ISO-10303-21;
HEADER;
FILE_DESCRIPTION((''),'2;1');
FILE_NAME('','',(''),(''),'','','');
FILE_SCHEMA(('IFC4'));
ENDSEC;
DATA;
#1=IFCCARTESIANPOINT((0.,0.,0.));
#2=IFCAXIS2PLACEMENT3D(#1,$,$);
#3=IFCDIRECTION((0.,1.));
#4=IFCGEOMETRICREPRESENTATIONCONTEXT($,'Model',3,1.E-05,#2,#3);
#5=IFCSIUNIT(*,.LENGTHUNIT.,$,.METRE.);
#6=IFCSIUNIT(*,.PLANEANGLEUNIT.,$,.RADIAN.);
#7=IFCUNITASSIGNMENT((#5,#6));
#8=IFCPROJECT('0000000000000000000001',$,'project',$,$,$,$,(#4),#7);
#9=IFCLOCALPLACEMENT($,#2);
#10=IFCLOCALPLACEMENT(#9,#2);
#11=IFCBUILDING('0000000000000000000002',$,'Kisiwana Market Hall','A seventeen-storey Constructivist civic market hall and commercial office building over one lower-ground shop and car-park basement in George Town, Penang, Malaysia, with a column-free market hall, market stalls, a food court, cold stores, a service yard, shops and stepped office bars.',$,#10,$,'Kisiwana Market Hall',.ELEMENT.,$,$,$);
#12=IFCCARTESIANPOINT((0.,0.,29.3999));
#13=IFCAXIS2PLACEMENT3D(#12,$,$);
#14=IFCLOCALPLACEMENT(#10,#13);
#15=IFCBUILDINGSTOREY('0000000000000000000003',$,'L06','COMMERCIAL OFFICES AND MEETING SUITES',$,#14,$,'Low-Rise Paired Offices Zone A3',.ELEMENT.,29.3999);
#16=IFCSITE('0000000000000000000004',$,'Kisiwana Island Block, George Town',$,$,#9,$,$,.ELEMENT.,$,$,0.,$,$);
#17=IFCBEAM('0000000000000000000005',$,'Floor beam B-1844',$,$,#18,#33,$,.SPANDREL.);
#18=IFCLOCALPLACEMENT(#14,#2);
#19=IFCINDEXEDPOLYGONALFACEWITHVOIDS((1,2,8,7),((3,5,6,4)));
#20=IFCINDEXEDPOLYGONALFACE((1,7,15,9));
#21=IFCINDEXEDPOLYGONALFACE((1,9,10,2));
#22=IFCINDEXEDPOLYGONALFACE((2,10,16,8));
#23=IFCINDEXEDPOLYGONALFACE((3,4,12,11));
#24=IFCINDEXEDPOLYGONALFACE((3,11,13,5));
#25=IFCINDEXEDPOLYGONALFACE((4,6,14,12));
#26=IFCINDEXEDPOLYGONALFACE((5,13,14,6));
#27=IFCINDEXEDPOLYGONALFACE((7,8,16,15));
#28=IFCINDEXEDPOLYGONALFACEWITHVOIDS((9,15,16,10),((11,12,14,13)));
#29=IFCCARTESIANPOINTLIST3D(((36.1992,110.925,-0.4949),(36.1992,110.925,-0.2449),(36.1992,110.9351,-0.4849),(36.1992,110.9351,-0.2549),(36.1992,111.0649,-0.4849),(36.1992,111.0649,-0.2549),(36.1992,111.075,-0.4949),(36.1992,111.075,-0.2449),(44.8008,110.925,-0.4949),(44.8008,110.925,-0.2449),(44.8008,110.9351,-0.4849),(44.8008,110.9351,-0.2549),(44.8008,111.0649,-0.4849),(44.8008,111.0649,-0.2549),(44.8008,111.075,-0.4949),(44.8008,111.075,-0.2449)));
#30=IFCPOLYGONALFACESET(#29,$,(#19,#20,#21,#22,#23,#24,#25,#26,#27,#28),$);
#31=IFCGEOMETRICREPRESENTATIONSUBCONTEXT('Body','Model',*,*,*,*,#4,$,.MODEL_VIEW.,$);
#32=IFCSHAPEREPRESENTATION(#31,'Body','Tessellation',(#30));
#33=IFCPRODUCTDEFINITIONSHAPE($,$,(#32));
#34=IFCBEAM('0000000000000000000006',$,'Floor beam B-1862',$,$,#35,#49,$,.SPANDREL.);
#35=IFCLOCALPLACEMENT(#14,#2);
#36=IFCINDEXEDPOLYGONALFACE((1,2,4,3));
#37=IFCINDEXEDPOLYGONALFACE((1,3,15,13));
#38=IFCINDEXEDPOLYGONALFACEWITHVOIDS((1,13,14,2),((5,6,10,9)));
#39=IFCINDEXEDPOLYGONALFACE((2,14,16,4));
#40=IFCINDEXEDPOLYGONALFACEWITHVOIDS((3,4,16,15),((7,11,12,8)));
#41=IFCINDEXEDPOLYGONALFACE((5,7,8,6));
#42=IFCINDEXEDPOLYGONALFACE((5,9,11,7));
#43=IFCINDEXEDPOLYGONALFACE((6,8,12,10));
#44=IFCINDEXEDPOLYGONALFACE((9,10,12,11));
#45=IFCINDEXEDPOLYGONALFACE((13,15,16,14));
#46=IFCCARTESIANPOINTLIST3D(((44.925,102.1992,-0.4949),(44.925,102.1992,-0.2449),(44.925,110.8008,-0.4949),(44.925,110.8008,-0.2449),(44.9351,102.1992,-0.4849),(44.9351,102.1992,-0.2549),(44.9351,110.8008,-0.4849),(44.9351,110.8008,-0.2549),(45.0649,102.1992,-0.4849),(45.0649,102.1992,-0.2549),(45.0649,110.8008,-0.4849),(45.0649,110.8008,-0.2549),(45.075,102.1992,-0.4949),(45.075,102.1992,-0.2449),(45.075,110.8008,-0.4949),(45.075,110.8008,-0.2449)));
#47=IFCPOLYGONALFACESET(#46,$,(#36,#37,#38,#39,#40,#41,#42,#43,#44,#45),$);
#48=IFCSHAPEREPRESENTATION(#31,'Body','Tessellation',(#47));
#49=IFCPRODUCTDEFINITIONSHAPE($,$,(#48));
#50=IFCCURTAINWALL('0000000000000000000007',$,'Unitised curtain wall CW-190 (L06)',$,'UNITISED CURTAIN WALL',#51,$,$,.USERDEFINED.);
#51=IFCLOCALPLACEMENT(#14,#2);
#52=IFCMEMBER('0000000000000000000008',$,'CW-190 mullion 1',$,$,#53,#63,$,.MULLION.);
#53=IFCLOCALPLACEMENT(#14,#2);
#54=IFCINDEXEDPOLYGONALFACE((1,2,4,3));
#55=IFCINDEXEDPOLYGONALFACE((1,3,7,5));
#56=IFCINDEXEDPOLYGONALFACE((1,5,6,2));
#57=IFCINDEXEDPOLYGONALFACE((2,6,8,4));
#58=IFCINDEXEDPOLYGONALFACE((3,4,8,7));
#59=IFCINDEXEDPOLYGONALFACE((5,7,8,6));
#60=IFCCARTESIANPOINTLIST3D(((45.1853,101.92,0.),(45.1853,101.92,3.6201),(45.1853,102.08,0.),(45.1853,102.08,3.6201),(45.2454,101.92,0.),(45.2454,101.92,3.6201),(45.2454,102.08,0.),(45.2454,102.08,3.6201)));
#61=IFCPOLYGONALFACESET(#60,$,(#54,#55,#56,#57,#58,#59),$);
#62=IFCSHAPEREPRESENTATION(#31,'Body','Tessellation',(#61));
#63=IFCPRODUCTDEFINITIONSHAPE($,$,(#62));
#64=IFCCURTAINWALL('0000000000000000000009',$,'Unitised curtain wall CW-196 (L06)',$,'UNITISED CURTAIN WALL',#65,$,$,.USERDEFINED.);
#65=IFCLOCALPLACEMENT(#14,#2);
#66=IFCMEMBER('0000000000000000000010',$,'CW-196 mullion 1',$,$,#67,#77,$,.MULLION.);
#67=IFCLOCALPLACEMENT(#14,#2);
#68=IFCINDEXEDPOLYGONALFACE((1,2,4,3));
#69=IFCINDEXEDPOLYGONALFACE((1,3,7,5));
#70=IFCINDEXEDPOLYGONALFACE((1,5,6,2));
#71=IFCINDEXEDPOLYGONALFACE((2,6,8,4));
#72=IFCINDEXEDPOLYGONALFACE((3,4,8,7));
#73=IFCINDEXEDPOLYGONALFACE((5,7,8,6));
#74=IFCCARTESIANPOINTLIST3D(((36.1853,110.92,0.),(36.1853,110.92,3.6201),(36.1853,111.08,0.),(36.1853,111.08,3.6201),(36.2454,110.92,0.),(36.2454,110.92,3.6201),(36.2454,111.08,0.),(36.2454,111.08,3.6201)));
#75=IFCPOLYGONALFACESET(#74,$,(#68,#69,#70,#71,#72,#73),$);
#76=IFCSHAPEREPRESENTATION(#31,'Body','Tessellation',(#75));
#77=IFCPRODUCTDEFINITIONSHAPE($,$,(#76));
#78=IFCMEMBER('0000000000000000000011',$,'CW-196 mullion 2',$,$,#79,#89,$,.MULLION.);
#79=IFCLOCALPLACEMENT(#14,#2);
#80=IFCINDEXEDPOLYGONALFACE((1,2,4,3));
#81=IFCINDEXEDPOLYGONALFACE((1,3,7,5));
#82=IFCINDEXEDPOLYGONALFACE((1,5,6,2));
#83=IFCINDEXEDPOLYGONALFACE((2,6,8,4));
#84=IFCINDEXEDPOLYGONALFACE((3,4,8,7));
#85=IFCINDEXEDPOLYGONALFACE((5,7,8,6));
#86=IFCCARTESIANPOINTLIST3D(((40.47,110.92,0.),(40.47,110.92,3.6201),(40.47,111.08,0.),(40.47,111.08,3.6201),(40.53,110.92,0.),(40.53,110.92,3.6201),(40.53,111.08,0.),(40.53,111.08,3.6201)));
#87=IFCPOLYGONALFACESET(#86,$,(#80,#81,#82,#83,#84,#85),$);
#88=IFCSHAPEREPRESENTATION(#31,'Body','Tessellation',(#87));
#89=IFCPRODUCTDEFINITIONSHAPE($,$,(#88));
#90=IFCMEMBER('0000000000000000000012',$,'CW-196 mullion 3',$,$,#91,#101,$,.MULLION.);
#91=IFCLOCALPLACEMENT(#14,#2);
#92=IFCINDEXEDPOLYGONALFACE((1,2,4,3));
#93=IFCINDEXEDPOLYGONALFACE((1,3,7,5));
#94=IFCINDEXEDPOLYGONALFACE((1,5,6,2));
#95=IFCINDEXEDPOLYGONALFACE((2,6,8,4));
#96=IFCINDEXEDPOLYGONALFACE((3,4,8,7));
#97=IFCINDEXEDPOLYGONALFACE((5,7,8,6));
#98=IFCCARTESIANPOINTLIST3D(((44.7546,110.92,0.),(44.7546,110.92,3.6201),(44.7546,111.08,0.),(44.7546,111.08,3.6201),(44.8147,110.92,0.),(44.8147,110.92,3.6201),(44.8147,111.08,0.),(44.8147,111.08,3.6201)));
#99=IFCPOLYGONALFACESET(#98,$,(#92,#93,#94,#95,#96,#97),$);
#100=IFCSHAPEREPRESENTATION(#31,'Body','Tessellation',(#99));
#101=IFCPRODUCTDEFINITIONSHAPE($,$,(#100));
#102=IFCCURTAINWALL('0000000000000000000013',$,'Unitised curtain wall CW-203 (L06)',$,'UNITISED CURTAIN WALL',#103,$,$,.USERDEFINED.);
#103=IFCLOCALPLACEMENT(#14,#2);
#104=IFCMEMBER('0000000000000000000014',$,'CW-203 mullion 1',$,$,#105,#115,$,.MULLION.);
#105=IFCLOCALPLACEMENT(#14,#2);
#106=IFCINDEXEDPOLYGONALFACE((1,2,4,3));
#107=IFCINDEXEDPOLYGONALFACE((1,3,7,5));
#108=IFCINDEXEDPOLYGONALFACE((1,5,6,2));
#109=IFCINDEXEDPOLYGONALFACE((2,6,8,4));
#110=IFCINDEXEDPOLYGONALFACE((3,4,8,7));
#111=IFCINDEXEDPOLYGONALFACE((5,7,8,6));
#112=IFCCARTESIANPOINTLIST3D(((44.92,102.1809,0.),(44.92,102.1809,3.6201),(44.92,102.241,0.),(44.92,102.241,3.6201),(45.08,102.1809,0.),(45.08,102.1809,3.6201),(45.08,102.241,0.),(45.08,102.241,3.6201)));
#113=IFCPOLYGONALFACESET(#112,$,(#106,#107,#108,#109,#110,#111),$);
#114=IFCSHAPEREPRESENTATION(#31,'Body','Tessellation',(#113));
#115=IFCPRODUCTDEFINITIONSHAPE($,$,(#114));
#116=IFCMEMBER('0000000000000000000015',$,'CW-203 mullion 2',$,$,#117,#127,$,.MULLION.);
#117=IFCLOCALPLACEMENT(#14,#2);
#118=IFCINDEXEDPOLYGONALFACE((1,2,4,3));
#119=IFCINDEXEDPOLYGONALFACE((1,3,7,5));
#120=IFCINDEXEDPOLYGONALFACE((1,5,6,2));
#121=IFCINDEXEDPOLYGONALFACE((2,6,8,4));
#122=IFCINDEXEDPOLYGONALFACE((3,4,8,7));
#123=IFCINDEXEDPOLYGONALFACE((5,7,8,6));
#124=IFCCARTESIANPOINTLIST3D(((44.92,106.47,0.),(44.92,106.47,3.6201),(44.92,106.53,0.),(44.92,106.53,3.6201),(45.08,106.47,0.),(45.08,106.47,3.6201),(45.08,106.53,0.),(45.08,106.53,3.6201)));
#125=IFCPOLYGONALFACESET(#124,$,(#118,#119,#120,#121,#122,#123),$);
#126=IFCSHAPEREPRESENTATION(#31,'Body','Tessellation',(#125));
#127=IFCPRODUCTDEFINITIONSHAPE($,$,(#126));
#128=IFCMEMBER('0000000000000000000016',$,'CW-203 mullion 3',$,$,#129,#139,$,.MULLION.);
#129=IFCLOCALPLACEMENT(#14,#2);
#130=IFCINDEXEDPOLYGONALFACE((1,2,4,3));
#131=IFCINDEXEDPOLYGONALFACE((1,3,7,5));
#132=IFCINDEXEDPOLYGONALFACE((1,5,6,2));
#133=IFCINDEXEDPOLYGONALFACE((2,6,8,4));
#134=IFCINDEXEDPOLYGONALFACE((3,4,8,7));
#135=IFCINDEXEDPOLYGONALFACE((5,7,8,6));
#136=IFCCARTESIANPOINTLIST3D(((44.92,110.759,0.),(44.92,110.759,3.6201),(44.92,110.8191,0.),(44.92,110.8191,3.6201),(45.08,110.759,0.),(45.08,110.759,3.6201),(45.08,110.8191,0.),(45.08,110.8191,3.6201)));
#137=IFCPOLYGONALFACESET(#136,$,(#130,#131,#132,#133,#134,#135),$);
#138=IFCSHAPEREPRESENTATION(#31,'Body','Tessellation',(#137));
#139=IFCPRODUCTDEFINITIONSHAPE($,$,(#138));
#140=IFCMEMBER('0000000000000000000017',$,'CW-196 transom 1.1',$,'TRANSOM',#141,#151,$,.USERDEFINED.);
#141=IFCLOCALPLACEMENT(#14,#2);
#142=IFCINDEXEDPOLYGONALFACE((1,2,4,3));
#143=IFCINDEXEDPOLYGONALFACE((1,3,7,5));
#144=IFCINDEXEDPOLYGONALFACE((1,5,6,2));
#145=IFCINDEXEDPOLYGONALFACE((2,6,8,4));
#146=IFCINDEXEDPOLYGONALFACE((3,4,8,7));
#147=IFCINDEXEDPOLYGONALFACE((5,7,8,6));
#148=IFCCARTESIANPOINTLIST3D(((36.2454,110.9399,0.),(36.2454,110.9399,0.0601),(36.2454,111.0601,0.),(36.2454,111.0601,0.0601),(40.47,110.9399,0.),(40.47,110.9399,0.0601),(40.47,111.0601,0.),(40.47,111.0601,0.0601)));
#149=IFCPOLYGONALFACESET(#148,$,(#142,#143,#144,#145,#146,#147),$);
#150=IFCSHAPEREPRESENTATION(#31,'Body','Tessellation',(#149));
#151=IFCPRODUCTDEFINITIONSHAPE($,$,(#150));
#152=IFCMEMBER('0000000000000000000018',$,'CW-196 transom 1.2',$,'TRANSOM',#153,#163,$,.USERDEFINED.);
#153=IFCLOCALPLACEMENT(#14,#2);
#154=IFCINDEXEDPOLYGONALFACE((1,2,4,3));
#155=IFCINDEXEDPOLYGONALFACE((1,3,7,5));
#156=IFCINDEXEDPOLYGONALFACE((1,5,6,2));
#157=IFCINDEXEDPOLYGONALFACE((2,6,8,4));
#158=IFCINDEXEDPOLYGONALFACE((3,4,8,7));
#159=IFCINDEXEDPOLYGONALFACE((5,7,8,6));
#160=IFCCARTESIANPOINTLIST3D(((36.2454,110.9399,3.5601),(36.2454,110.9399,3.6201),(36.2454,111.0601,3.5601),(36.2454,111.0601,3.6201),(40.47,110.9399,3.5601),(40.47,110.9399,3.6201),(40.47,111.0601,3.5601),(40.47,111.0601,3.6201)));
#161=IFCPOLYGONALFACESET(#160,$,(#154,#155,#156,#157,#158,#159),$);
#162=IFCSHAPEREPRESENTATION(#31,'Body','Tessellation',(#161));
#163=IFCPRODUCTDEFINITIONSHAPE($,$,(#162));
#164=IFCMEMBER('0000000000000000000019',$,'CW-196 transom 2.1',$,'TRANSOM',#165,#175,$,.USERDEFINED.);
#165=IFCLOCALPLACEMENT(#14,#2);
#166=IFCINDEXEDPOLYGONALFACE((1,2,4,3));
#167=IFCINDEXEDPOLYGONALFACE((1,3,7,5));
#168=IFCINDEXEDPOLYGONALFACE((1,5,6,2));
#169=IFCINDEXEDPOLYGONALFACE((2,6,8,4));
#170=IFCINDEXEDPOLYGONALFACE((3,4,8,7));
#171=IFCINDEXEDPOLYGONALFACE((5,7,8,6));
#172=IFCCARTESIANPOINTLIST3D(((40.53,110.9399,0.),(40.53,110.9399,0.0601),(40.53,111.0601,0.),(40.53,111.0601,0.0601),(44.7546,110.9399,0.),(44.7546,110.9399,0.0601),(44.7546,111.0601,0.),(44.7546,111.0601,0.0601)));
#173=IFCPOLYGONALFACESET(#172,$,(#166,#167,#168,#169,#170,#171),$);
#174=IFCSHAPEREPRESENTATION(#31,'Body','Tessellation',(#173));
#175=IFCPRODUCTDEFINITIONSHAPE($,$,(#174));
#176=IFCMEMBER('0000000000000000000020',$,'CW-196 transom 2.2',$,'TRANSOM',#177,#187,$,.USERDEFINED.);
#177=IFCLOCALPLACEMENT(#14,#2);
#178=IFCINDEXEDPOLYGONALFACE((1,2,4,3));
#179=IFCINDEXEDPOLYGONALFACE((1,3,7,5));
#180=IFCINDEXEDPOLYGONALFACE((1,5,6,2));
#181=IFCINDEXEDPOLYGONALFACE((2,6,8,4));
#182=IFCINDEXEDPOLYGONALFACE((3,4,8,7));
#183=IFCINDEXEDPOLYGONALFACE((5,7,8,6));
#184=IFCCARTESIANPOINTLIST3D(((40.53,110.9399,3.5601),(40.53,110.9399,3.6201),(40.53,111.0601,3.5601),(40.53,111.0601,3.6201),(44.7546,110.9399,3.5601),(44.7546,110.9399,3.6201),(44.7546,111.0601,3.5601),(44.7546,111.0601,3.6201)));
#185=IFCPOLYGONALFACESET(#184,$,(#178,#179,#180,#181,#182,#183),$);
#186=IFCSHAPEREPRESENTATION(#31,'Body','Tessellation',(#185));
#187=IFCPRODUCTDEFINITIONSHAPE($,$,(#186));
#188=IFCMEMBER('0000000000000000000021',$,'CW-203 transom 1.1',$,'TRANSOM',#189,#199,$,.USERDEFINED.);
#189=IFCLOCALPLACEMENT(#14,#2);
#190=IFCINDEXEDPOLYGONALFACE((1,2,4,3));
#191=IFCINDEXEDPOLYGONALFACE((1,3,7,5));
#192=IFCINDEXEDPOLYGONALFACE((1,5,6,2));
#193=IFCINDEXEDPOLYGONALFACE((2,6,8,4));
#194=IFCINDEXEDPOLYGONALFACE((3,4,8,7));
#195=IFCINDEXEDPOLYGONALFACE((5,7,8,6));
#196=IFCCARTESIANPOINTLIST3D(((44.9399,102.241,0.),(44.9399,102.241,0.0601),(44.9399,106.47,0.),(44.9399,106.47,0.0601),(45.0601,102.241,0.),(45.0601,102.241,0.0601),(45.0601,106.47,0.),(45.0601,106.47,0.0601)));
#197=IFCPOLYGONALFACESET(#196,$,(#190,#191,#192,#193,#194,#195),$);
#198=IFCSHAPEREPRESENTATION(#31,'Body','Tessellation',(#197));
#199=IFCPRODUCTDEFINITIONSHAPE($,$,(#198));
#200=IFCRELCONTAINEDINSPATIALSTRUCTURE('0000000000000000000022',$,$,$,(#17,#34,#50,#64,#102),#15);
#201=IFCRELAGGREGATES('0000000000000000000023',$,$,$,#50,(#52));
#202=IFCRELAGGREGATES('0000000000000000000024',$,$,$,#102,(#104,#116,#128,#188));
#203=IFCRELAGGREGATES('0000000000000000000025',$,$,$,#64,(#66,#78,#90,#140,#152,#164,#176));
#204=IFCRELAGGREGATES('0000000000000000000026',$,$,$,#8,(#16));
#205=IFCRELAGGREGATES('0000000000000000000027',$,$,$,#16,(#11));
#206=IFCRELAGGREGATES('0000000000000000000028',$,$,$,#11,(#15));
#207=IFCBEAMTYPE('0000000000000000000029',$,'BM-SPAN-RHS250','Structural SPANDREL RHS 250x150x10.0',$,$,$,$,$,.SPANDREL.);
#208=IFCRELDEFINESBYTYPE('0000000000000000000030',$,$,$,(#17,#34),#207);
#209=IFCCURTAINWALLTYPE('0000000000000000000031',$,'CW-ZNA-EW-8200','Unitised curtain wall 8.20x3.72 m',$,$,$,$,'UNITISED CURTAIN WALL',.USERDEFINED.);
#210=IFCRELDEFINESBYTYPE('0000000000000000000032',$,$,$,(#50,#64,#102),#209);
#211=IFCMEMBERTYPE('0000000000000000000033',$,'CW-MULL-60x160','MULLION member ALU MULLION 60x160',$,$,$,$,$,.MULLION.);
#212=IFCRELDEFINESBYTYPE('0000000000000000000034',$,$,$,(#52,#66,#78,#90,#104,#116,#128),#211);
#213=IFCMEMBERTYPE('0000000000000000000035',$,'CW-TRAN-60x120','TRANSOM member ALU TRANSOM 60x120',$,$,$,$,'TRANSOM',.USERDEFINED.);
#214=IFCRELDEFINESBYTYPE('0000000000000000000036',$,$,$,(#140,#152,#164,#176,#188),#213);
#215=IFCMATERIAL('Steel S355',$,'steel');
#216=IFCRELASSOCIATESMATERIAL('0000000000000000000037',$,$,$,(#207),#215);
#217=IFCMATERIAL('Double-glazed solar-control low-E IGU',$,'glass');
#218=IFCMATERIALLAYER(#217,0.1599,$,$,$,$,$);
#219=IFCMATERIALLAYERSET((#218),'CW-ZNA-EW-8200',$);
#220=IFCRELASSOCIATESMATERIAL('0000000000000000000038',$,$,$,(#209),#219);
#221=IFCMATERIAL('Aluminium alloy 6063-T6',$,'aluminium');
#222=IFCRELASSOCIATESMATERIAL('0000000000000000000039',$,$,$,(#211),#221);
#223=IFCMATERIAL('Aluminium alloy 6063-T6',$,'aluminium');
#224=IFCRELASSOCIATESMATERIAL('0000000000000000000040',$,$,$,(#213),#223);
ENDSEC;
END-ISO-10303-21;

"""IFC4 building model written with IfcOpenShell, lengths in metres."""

from ifc_helpers import new_model, si_unit, direction, frame, origin, origin_2d, place, context, subcontext, project, spatial, rectangle, hollow_rectangle, extrude, material, layer, layer_set, material_profile, profile_set, type_object, element, aggregate, save


model = new_model("IFC4")

# Units and contexts
model_context = context("Model", 3, precision=1e-05, world=origin(), true_north=direction((0.0, 1.0)))
body_context = subcontext(model_context, "Body", "Model", "MODEL_VIEW")
ifc_project = project(units=[si_unit("LENGTHUNIT", "METRE"), si_unit("PLANEANGLEUNIT", "RADIAN")], contexts=[model_context])

# Site, building, storey
site_placement = place(None, origin())
site = spatial("IfcSite", under=ifc_project, at=site_placement, Name="Kisiwana Island Block, George Town", CompositionType="ELEMENT", RefElevation=0.0)
building_placement = place(site_placement, origin())
building = spatial("IfcBuilding", under=site, at=building_placement, Name="Kisiwana Market Hall", Description="A seventeen-storey Constructivist civic market hall and commercial office building over one lower-ground shop and car-park basement in George Town, Penang, Malaysia, with a column-free market hall, market stalls, a food court, cold stores, a service yard, shops and stepped office bars.", LongName="Kisiwana Market Hall", CompositionType="ELEMENT")
storey_placement = place(building_placement, frame((0.0, 0.0, 29.3999)))
storey = spatial("IfcBuildingStorey", under=building, at=storey_placement, Name="L06", Description="COMMERCIAL OFFICES AND MEETING SUITES", LongName="Low-Rise Paired Offices Zone A3", CompositionType="ELEMENT", Elevation=29.3999)

# Beams
ifc_material_1 = material(Name="Steel S355", Category="steel")
ifc_material_profile_1 = material_profile(ifc_material_1, hollow_rectangle(XDim=0.1499, YDim=0.25, WallThickness=0.01, at=origin_2d()), Name="RHS 250x150x10.0")
ifc_profile_set_1 = profile_set([ifc_material_profile_1], Name="Steel S355")
beam_type_1 = type_object("IfcBeamType", Name="BM-SPAN-RHS250", Description="Structural SPANDREL RHS 250x150x10.0", PredefinedType="SPANDREL", material=ifc_profile_set_1)
for number, where, z_axis, x_axis, name in (
    (1, (36.1992, 111.0, -0.3699), (1.0, 0.0, 0.0), (0.0, 1.0, 0.0), "Floor beam B-1844"),
    (2, (45.0, 102.1992, -0.3699), (0.0, 1.0, 0.0), (-1.0, 0.0, 0.0), "Floor beam B-1862"),
):
    element("IfcBeam", number, at=place(storey_placement, frame(where, z_axis=z_axis, x_axis=x_axis)), inside=storey, type_object=beam_type_1, Name=name, PredefinedType="SPANDREL", context=body_context, shape_type="SweptSolid", body=[
        extrude(hollow_rectangle(XDim=0.1499, YDim=0.25, WallThickness=0.01, at=origin_2d()), origin(), (0.0, 0.0, 1.0), 8.6016),
    ])

# Curtain wall, member
ifc_material_2 = material(Name="Double-glazed solar-control low-E IGU", Category="glass")
ifc_layer_1 = layer(ifc_material_2, 0.1599)
ifc_layer_set_1 = layer_set([ifc_layer_1], Name="CW-ZNA-EW-8200")
curtain_wall_type = type_object("IfcCurtainWallType", Name="CW-ZNA-EW-8200", Description="Unitised curtain wall 8.20x3.72 m", ElementType="UNITISED CURTAIN WALL", PredefinedType="USERDEFINED", material=ifc_layer_set_1)
curtain_wall_1_placement = place(storey_placement, origin())
curtain_wall_1 = element("IfcCurtainWall", 3, at=curtain_wall_1_placement, inside=storey, type_object=curtain_wall_type, Name="Unitised curtain wall CW-190 (L06)", ObjectType="UNITISED CURTAIN WALL", PredefinedType="USERDEFINED")
ifc_material_3 = material(Name="Aluminium alloy 6063-T6", Category="aluminium")
ifc_material_profile_2 = material_profile(ifc_material_3, rectangle(XDim=0.0601, YDim=0.1599, at=origin_2d()), Name="ALU MULLION 60x160")
ifc_profile_set_2 = profile_set([ifc_material_profile_2], Name="Aluminium alloy 6063-T6")
member_type_1 = type_object("IfcMemberType", Name="CW-MULL-60x160", Description="MULLION member ALU MULLION 60x160", PredefinedType="MULLION", material=ifc_profile_set_2)
member_1_placement = place(storey_placement, frame((45.2153, 102.0, 0.0), z_axis=(0.0, 0.0, 1.0), x_axis=(1.0, 0.0, 0.0)))
member_1 = element("IfcMember", 4, at=member_1_placement, type_object=member_type_1, Name="CW-190 mullion 1", PredefinedType="MULLION", context=body_context, shape_type="SweptSolid", body=[
    extrude(rectangle(XDim=0.0601, YDim=0.1599, at=origin_2d()), origin(), (0.0, 0.0, 1.0), 3.6201),
])
aggregate(curtain_wall_1, [member_1])

# Curtain walls, members
curtain_wall_2_placement = place(storey_placement, origin())
curtain_wall_2 = element("IfcCurtainWall", 5, at=curtain_wall_2_placement, inside=storey, type_object=curtain_wall_type, Name="Unitised curtain wall CW-196 (L06)", ObjectType="UNITISED CURTAIN WALL", PredefinedType="USERDEFINED")
member_2_placement = place(storey_placement, frame((36.2153, 111.0, 0.0), z_axis=(0.0, 0.0, 1.0), x_axis=(1.0, 0.0, 0.0)))
member_2 = element("IfcMember", 6, at=member_2_placement, type_object=member_type_1, Name="CW-196 mullion 1", PredefinedType="MULLION", context=body_context, shape_type="SweptSolid", body=[
    extrude(rectangle(XDim=0.0601, YDim=0.1599, at=origin_2d()), origin(), (0.0, 0.0, 1.0), 3.6201),
])
member_3_placement = place(storey_placement, frame((40.5, 111.0, 0.0), z_axis=(0.0, 0.0, 1.0), x_axis=(1.0, 0.0, 0.0)))
member_3 = element("IfcMember", 7, at=member_3_placement, type_object=member_type_1, Name="CW-196 mullion 2", PredefinedType="MULLION", context=body_context, shape_type="SweptSolid", body=[
    extrude(rectangle(XDim=0.0601, YDim=0.1599, at=origin_2d()), origin(), (0.0, 0.0, 1.0), 3.6201),
])
member_4_placement = place(storey_placement, frame((44.7847, 111.0, 0.0), z_axis=(0.0, 0.0, 1.0), x_axis=(1.0, 0.0, 0.0)))
member_4 = element("IfcMember", 8, at=member_4_placement, type_object=member_type_1, Name="CW-196 mullion 3", PredefinedType="MULLION", context=body_context, shape_type="SweptSolid", body=[
    extrude(rectangle(XDim=0.0601, YDim=0.1599, at=origin_2d()), origin(), (0.0, 0.0, 1.0), 3.6201),
])
curtain_wall_3_placement = place(storey_placement, origin())
curtain_wall_3 = element("IfcCurtainWall", 9, at=curtain_wall_3_placement, inside=storey, type_object=curtain_wall_type, Name="Unitised curtain wall CW-203 (L06)", ObjectType="UNITISED CURTAIN WALL", PredefinedType="USERDEFINED")
member_5_placement = place(storey_placement, frame((45.0, 102.2109, 0.0), z_axis=(0.0, 0.0, 1.0), x_axis=(0.0, 1.0, 0.0)))
member_5 = element("IfcMember", 10, at=member_5_placement, type_object=member_type_1, Name="CW-203 mullion 1", PredefinedType="MULLION", context=body_context, shape_type="SweptSolid", body=[
    extrude(rectangle(XDim=0.0601, YDim=0.1599, at=origin_2d()), origin(), (0.0, 0.0, 1.0), 3.6201),
])
member_6_placement = place(storey_placement, frame((45.0, 106.5, 0.0), z_axis=(0.0, 0.0, 1.0), x_axis=(0.0, 1.0, 0.0)))
member_6 = element("IfcMember", 11, at=member_6_placement, type_object=member_type_1, Name="CW-203 mullion 2", PredefinedType="MULLION", context=body_context, shape_type="SweptSolid", body=[
    extrude(rectangle(XDim=0.0601, YDim=0.1599, at=origin_2d()), origin(), (0.0, 0.0, 1.0), 3.6201),
])
member_7_placement = place(storey_placement, frame((45.0, 110.7891, 0.0), z_axis=(0.0, 0.0, 1.0), x_axis=(0.0, 1.0, 0.0)))
member_7 = element("IfcMember", 12, at=member_7_placement, type_object=member_type_1, Name="CW-203 mullion 3", PredefinedType="MULLION", context=body_context, shape_type="SweptSolid", body=[
    extrude(rectangle(XDim=0.0601, YDim=0.1599, at=origin_2d()), origin(), (0.0, 0.0, 1.0), 3.6201),
])

# Members
ifc_material_4 = material(Name="Aluminium alloy 6063-T6", Category="aluminium")
ifc_material_profile_3 = material_profile(ifc_material_4, rectangle(XDim=0.1201, YDim=0.0601, at=origin_2d()), Name="ALU TRANSOM 60x120")
ifc_profile_set_3 = profile_set([ifc_material_profile_3], Name="Aluminium alloy 6063-T6")
member_type_2 = type_object("IfcMemberType", Name="CW-TRAN-60x120", Description="TRANSOM member ALU TRANSOM 60x120", ElementType="TRANSOM", PredefinedType="USERDEFINED", material=ifc_profile_set_3)
member_8_placement = place(storey_placement, frame((36.2454, 111.0, 0.03), z_axis=(1.0, 0.0, 0.0), x_axis=(0.0, 1.0, 0.0)))
member_8 = element("IfcMember", 13, at=member_8_placement, type_object=member_type_2, Name="CW-196 transom 1.1", ObjectType="TRANSOM", PredefinedType="USERDEFINED", context=body_context, shape_type="SweptSolid", body=[
    extrude(rectangle(XDim=0.1201, YDim=0.0601, at=origin_2d()), origin(), (0.0, 0.0, 1.0), 4.2246),
])
member_9_placement = place(storey_placement, frame((36.2454, 111.0, 3.5901), z_axis=(1.0, 0.0, 0.0), x_axis=(0.0, 1.0, 0.0)))
member_9 = element("IfcMember", 14, at=member_9_placement, type_object=member_type_2, Name="CW-196 transom 1.2", ObjectType="TRANSOM", PredefinedType="USERDEFINED", context=body_context, shape_type="SweptSolid", body=[
    extrude(rectangle(XDim=0.1201, YDim=0.0601, at=origin_2d()), origin(), (0.0, 0.0, 1.0), 4.2246),
])
member_10_placement = place(storey_placement, frame((40.53, 111.0, 0.03), z_axis=(1.0, 0.0, 0.0), x_axis=(0.0, 1.0, 0.0)))
member_10 = element("IfcMember", 15, at=member_10_placement, type_object=member_type_2, Name="CW-196 transom 2.1", ObjectType="TRANSOM", PredefinedType="USERDEFINED", context=body_context, shape_type="SweptSolid", body=[
    extrude(rectangle(XDim=0.1201, YDim=0.0601, at=origin_2d()), origin(), (0.0, 0.0, 1.0), 4.2246),
])
member_11_placement = place(storey_placement, frame((40.53, 111.0, 3.5901), z_axis=(1.0, 0.0, 0.0), x_axis=(0.0, 1.0, 0.0)))
member_11 = element("IfcMember", 16, at=member_11_placement, type_object=member_type_2, Name="CW-196 transom 2.2", ObjectType="TRANSOM", PredefinedType="USERDEFINED", context=body_context, shape_type="SweptSolid", body=[
    extrude(rectangle(XDim=0.1201, YDim=0.0601, at=origin_2d()), origin(), (0.0, 0.0, 1.0), 4.2246),
])
member_12_placement = place(storey_placement, frame((45.0, 102.241, 0.03), z_axis=(0.0, 1.0, 0.0), x_axis=(-1.0, 0.0, 0.0)))
member_12 = element("IfcMember", 17, at=member_12_placement, type_object=member_type_2, Name="CW-203 transom 1.1", ObjectType="TRANSOM", PredefinedType="USERDEFINED", context=body_context, shape_type="SweptSolid", body=[
    extrude(rectangle(XDim=0.1201, YDim=0.0601, at=origin_2d()), origin(), (0.0, 0.0, 1.0), 4.229),
])

aggregate(curtain_wall_3, [member_5, member_6, member_7, member_12])
aggregate(curtain_wall_2, [member_2, member_3, member_4, member_8, member_9, member_10, member_11])

save(model, "model.ifc")
